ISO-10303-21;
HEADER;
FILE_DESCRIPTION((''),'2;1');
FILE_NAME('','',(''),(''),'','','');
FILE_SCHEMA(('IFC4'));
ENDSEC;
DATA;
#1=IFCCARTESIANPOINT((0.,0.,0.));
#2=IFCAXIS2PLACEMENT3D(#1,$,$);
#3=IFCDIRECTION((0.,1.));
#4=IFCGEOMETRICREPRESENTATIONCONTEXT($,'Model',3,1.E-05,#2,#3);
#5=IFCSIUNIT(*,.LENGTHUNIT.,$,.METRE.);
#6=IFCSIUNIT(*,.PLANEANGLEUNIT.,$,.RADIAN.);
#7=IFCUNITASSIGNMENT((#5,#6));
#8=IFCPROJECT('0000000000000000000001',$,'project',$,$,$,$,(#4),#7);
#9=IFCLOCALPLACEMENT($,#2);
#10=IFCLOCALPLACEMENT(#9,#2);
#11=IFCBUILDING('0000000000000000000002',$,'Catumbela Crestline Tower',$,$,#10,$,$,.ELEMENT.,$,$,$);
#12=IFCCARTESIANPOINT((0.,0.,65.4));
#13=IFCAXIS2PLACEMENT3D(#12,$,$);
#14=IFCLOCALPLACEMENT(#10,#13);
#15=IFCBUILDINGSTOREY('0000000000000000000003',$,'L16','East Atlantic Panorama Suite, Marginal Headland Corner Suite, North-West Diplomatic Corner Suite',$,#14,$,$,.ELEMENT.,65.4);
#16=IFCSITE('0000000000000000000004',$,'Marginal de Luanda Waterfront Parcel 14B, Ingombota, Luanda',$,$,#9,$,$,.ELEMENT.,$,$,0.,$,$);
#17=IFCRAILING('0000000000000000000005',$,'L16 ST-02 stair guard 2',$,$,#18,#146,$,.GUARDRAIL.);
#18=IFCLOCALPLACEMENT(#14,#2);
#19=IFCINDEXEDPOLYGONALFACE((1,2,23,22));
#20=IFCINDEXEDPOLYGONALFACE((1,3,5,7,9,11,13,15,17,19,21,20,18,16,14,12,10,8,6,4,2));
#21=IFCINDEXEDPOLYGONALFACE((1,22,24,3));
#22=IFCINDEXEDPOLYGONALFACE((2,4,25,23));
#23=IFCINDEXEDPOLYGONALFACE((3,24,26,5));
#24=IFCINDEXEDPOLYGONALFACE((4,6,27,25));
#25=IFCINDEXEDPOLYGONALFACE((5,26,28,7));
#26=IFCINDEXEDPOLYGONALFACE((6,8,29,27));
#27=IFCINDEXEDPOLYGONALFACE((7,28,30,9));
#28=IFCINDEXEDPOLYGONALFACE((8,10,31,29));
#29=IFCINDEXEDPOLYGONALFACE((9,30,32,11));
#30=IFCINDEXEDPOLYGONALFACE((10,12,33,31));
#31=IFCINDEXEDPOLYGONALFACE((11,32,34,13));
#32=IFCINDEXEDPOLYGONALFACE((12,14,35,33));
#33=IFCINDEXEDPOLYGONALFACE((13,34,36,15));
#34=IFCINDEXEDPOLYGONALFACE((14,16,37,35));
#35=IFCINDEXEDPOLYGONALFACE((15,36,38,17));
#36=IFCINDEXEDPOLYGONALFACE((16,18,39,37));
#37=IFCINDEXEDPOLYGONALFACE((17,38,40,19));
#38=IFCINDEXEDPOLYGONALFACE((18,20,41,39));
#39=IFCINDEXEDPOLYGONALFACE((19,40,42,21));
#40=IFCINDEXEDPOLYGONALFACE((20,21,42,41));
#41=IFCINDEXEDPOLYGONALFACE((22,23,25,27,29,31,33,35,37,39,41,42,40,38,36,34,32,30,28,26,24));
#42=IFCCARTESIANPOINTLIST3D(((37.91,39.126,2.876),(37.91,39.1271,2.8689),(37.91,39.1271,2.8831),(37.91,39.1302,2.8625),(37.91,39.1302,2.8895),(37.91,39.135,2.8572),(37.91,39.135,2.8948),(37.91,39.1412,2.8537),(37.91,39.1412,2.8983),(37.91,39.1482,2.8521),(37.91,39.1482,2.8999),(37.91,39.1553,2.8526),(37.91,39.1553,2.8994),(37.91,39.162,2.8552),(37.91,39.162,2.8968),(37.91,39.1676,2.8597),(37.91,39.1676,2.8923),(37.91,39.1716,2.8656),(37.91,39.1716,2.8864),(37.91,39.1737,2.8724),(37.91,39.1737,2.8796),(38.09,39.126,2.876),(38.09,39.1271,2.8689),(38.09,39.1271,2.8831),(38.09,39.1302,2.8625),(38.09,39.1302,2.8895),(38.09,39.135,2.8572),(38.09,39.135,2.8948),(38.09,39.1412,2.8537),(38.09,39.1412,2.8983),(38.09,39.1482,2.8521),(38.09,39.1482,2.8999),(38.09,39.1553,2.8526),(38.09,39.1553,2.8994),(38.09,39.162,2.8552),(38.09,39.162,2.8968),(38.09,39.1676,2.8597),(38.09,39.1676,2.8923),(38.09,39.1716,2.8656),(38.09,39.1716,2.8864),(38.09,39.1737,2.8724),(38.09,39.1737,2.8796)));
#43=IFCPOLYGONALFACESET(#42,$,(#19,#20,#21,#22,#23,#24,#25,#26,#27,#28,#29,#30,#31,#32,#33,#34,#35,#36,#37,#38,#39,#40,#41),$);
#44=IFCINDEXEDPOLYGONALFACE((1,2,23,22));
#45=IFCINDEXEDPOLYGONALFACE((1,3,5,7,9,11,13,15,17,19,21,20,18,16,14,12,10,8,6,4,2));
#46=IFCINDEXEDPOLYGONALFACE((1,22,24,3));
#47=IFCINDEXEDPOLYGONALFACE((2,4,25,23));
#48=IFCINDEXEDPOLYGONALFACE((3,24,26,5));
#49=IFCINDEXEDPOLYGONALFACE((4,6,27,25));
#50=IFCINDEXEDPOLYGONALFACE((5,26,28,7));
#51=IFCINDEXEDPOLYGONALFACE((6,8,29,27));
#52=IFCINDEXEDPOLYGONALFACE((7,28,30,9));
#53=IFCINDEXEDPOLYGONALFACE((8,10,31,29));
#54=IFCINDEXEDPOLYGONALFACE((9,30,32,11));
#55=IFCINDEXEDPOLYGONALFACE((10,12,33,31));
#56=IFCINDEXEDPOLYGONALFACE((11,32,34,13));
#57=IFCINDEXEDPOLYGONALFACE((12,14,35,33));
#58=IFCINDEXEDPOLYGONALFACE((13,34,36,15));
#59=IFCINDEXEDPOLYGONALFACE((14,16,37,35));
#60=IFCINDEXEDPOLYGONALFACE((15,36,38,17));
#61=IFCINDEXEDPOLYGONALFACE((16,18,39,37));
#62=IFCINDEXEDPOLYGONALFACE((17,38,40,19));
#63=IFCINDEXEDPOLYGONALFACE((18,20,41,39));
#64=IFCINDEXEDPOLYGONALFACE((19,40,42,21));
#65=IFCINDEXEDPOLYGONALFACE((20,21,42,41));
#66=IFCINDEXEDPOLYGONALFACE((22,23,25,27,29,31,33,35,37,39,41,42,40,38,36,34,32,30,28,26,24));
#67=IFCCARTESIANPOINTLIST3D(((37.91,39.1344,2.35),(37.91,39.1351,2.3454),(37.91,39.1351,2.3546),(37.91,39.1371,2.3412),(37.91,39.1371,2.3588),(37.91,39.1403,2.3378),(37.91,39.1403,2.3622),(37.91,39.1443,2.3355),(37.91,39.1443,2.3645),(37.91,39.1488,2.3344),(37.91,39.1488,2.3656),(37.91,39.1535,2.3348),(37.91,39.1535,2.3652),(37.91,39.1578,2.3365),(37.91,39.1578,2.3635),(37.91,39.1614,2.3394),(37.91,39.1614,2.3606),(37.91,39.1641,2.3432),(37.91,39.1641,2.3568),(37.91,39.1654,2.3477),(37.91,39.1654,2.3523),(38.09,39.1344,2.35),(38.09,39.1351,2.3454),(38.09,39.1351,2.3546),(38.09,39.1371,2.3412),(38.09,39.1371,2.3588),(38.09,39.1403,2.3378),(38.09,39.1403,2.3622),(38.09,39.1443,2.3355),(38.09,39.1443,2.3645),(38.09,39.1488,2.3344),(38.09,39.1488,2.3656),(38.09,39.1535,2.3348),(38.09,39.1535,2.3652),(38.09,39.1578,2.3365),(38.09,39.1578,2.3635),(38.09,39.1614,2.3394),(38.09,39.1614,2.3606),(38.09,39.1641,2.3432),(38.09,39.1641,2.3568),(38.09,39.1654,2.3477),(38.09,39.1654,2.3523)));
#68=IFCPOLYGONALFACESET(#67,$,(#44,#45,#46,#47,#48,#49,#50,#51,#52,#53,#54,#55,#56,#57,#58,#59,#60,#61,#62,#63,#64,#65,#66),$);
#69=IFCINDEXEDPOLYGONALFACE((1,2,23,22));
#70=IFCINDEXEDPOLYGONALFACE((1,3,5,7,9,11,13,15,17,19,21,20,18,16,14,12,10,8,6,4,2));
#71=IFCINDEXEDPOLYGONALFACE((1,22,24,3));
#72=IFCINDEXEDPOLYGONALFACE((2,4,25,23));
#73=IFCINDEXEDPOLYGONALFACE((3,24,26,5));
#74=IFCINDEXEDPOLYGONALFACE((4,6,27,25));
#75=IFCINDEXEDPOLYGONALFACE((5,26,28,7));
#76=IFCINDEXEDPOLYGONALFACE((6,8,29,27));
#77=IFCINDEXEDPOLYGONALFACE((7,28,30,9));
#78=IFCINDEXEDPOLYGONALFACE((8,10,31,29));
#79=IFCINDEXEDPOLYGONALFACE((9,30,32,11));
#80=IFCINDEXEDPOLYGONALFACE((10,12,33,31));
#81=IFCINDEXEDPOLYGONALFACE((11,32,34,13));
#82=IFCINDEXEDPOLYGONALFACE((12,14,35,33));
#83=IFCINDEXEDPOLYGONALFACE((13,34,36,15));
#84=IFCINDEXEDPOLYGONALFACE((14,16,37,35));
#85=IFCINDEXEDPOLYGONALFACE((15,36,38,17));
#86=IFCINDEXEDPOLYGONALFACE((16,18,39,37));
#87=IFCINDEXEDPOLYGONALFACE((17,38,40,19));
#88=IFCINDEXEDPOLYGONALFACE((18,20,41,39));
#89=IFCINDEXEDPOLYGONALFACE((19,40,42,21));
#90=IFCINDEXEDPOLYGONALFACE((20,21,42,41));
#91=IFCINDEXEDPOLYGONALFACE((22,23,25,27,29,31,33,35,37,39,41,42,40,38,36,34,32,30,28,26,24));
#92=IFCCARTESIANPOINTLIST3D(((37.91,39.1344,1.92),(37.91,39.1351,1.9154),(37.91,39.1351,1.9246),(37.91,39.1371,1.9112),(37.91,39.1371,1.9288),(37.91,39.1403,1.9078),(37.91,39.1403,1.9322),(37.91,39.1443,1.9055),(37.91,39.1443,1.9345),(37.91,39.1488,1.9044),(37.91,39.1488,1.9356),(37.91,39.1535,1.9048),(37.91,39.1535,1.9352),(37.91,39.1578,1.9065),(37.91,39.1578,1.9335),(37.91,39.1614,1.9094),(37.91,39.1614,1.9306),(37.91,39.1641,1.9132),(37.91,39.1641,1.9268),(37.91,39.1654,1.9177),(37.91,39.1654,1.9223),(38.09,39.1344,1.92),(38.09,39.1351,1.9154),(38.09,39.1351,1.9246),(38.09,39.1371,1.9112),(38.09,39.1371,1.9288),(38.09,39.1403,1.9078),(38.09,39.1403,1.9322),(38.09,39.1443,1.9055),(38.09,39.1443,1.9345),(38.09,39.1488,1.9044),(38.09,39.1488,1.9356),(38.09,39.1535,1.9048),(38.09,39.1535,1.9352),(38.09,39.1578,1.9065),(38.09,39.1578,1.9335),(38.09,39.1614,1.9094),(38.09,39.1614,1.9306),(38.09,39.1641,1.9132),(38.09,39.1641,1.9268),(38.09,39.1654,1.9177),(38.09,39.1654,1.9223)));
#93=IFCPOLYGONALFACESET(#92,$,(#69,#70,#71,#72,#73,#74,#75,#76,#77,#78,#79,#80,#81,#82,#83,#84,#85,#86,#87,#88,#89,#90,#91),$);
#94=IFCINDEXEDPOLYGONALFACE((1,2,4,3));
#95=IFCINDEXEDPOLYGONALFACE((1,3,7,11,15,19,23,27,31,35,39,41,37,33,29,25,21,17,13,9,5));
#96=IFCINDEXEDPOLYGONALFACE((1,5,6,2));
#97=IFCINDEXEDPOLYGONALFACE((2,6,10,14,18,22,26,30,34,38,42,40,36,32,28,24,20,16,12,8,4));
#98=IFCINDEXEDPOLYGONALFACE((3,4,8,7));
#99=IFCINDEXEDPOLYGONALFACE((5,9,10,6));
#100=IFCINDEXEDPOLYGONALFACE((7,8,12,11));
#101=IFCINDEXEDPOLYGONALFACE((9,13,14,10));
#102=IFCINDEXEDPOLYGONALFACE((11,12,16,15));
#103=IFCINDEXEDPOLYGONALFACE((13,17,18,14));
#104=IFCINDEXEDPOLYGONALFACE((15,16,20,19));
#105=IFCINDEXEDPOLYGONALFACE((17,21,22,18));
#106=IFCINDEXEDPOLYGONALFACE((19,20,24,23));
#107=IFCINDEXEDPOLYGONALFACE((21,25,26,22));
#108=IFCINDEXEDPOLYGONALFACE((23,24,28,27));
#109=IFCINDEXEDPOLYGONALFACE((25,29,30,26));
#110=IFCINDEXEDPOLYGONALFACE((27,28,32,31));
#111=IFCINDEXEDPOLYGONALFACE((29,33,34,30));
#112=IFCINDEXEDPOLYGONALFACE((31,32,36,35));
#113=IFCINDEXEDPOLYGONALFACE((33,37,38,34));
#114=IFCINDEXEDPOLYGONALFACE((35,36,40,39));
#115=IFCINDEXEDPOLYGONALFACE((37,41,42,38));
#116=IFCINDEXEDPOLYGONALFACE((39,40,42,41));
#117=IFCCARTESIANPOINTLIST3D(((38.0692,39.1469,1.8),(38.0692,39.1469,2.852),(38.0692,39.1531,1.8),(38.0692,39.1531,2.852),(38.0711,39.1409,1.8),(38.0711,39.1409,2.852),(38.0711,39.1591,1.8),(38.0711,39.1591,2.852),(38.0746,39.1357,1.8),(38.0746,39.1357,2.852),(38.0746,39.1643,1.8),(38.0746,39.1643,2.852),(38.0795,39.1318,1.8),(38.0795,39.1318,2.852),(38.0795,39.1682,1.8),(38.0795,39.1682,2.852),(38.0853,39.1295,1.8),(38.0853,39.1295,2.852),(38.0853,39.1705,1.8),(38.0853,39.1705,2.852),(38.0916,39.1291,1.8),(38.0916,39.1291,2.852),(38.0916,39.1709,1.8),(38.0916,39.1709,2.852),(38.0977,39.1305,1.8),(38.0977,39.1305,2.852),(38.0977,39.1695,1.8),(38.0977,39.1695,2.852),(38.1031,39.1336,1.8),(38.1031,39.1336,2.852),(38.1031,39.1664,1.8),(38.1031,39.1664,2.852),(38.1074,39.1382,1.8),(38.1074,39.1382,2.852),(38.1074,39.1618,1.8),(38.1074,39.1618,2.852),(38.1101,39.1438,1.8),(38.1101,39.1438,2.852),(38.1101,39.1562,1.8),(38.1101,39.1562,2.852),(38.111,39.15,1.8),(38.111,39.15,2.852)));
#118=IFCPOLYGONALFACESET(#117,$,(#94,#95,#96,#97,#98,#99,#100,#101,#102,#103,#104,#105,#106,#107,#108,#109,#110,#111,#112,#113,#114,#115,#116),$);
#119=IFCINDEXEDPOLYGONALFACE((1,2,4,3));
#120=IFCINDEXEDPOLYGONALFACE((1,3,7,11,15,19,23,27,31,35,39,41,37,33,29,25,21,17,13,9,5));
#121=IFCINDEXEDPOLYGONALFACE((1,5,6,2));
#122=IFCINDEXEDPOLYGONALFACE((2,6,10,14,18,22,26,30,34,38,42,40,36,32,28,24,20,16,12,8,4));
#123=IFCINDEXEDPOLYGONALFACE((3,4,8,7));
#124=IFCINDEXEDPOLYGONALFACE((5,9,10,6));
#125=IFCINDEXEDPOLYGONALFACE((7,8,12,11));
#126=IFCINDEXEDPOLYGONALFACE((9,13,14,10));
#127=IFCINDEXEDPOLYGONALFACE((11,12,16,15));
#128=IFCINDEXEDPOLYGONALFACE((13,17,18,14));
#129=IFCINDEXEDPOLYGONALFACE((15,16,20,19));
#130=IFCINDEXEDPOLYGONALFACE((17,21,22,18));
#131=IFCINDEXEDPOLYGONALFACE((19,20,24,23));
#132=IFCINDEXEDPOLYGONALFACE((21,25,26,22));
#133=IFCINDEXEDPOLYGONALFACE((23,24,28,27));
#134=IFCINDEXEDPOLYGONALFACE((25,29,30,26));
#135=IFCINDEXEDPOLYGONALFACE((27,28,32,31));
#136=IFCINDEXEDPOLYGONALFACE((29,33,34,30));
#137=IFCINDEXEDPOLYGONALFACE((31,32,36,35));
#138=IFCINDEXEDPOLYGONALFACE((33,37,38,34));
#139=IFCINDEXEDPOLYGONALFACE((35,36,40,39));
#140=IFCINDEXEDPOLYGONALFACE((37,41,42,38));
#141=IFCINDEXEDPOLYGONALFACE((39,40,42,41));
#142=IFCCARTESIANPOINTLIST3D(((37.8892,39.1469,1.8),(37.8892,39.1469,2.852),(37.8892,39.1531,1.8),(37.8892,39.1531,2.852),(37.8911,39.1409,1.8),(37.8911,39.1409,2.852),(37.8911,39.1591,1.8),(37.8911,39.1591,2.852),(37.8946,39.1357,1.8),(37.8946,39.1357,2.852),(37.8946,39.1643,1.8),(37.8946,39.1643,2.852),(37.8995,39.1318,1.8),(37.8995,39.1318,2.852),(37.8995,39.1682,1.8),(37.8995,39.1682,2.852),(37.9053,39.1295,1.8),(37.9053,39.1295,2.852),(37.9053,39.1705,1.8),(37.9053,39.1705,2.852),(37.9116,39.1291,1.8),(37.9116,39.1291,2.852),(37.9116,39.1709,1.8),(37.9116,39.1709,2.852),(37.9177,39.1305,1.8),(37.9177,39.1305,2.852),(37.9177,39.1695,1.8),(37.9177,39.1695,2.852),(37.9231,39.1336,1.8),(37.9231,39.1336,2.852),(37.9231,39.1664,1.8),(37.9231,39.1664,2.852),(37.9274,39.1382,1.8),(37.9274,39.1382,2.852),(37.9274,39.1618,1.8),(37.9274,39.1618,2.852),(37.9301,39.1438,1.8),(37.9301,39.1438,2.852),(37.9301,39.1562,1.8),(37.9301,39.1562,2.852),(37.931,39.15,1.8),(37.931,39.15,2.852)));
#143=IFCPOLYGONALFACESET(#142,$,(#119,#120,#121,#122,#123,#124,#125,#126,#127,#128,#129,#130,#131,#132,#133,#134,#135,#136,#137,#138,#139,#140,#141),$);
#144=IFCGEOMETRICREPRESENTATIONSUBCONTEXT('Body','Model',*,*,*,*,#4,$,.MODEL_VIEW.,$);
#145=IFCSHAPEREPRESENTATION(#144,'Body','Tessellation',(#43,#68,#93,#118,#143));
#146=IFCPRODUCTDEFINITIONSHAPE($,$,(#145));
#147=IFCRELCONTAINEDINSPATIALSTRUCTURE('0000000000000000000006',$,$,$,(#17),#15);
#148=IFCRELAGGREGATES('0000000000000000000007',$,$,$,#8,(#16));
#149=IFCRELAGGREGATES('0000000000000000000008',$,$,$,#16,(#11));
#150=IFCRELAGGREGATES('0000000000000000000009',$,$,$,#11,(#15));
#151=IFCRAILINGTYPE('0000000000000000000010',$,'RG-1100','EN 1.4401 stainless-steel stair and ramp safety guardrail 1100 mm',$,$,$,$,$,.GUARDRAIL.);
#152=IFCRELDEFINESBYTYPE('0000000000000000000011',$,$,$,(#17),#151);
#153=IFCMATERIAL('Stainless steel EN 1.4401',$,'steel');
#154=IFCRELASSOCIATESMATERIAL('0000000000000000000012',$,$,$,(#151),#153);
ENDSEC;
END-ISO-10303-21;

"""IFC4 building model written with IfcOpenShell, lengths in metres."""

from ifc_helpers import new_model, si_unit, direction, frame, origin, origin_2d, place, context, subcontext, project, spatial, circle, extrude, material, type_object, element, save


model = new_model("IFC4")

# Units and contexts
model_context = context("Model", 3, precision=1e-05, world=origin(), true_north=direction((0.0, 1.0)))
body_context = subcontext(model_context, "Body", "Model", "MODEL_VIEW")
ifc_project = project(units=[si_unit("LENGTHUNIT", "METRE"), si_unit("PLANEANGLEUNIT", "RADIAN")], contexts=[model_context])

# Site, building, storey
site_placement = place(None, origin())
site = spatial("IfcSite", under=ifc_project, at=site_placement, Name="Marginal de Luanda Waterfront Parcel 14B, Ingombota, Luanda", CompositionType="ELEMENT", RefElevation=0.0)
building_placement = place(site_placement, origin())
building = spatial("IfcBuilding", under=site, at=building_placement, Name="Catumbela Crestline Tower", CompositionType="ELEMENT")
storey_placement = place(building_placement, frame((0.0, 0.0, 65.4)))
storey = spatial("IfcBuildingStorey", under=building, at=storey_placement, Name="L16", Description="East Atlantic Panorama Suite, Marginal Headland Corner Suite, North-West Diplomatic Corner Suite", CompositionType="ELEMENT", Elevation=65.4)

# Shared definitions
ifc_material_1 = material(Name="Stainless steel EN 1.4401", Category="steel")

# Railing
railing_type_1 = type_object("IfcRailingType", Name="RG-1100", Description="EN 1.4401 stainless-steel stair and ramp safety guardrail 1100 mm", PredefinedType="GUARDRAIL", material=ifc_material_1)
railing_1_placement = place(storey_placement, frame((38.09, 39.15, 1.8)))
element("IfcRailing", 1, at=railing_1_placement, inside=storey, type_object=railing_type_1, Name="L16 ST-02 stair guard 2", PredefinedType="GUARDRAIL", context=body_context, shape_type="SweptSolid", body=[
    extrude(circle(Radius=0.024, at=origin_2d()), frame((0.0, 0.0, 1.076), z_axis=(-1.0, 0.0, 0.0), x_axis=(0.0, -1.0, 0.0)), (0.0, 0.0, 1.0), 0.18),
    extrude(circle(Radius=0.0156, at=origin_2d()), frame((0.0, 0.0, 0.55), z_axis=(-1.0, 0.0, 0.0), x_axis=(0.0, -1.0, 0.0)), (0.0, 0.0, 1.0), 0.18),
    extrude(circle(Radius=0.0156, at=origin_2d()), frame((0.0, 0.0, 0.12), z_axis=(-1.0, 0.0, 0.0), x_axis=(0.0, -1.0, 0.0)), (0.0, 0.0, 1.0), 0.18),
    extrude(circle(Radius=0.021, at=origin_2d()), origin(), (0.0, 0.0, 1.0), 1.052),
    extrude(circle(Radius=0.021, at=origin_2d()), frame((-0.18, 0.0, 0.0)), (0.0, 0.0, 1.0), 1.052),
])

save(model, "model.ifc")
